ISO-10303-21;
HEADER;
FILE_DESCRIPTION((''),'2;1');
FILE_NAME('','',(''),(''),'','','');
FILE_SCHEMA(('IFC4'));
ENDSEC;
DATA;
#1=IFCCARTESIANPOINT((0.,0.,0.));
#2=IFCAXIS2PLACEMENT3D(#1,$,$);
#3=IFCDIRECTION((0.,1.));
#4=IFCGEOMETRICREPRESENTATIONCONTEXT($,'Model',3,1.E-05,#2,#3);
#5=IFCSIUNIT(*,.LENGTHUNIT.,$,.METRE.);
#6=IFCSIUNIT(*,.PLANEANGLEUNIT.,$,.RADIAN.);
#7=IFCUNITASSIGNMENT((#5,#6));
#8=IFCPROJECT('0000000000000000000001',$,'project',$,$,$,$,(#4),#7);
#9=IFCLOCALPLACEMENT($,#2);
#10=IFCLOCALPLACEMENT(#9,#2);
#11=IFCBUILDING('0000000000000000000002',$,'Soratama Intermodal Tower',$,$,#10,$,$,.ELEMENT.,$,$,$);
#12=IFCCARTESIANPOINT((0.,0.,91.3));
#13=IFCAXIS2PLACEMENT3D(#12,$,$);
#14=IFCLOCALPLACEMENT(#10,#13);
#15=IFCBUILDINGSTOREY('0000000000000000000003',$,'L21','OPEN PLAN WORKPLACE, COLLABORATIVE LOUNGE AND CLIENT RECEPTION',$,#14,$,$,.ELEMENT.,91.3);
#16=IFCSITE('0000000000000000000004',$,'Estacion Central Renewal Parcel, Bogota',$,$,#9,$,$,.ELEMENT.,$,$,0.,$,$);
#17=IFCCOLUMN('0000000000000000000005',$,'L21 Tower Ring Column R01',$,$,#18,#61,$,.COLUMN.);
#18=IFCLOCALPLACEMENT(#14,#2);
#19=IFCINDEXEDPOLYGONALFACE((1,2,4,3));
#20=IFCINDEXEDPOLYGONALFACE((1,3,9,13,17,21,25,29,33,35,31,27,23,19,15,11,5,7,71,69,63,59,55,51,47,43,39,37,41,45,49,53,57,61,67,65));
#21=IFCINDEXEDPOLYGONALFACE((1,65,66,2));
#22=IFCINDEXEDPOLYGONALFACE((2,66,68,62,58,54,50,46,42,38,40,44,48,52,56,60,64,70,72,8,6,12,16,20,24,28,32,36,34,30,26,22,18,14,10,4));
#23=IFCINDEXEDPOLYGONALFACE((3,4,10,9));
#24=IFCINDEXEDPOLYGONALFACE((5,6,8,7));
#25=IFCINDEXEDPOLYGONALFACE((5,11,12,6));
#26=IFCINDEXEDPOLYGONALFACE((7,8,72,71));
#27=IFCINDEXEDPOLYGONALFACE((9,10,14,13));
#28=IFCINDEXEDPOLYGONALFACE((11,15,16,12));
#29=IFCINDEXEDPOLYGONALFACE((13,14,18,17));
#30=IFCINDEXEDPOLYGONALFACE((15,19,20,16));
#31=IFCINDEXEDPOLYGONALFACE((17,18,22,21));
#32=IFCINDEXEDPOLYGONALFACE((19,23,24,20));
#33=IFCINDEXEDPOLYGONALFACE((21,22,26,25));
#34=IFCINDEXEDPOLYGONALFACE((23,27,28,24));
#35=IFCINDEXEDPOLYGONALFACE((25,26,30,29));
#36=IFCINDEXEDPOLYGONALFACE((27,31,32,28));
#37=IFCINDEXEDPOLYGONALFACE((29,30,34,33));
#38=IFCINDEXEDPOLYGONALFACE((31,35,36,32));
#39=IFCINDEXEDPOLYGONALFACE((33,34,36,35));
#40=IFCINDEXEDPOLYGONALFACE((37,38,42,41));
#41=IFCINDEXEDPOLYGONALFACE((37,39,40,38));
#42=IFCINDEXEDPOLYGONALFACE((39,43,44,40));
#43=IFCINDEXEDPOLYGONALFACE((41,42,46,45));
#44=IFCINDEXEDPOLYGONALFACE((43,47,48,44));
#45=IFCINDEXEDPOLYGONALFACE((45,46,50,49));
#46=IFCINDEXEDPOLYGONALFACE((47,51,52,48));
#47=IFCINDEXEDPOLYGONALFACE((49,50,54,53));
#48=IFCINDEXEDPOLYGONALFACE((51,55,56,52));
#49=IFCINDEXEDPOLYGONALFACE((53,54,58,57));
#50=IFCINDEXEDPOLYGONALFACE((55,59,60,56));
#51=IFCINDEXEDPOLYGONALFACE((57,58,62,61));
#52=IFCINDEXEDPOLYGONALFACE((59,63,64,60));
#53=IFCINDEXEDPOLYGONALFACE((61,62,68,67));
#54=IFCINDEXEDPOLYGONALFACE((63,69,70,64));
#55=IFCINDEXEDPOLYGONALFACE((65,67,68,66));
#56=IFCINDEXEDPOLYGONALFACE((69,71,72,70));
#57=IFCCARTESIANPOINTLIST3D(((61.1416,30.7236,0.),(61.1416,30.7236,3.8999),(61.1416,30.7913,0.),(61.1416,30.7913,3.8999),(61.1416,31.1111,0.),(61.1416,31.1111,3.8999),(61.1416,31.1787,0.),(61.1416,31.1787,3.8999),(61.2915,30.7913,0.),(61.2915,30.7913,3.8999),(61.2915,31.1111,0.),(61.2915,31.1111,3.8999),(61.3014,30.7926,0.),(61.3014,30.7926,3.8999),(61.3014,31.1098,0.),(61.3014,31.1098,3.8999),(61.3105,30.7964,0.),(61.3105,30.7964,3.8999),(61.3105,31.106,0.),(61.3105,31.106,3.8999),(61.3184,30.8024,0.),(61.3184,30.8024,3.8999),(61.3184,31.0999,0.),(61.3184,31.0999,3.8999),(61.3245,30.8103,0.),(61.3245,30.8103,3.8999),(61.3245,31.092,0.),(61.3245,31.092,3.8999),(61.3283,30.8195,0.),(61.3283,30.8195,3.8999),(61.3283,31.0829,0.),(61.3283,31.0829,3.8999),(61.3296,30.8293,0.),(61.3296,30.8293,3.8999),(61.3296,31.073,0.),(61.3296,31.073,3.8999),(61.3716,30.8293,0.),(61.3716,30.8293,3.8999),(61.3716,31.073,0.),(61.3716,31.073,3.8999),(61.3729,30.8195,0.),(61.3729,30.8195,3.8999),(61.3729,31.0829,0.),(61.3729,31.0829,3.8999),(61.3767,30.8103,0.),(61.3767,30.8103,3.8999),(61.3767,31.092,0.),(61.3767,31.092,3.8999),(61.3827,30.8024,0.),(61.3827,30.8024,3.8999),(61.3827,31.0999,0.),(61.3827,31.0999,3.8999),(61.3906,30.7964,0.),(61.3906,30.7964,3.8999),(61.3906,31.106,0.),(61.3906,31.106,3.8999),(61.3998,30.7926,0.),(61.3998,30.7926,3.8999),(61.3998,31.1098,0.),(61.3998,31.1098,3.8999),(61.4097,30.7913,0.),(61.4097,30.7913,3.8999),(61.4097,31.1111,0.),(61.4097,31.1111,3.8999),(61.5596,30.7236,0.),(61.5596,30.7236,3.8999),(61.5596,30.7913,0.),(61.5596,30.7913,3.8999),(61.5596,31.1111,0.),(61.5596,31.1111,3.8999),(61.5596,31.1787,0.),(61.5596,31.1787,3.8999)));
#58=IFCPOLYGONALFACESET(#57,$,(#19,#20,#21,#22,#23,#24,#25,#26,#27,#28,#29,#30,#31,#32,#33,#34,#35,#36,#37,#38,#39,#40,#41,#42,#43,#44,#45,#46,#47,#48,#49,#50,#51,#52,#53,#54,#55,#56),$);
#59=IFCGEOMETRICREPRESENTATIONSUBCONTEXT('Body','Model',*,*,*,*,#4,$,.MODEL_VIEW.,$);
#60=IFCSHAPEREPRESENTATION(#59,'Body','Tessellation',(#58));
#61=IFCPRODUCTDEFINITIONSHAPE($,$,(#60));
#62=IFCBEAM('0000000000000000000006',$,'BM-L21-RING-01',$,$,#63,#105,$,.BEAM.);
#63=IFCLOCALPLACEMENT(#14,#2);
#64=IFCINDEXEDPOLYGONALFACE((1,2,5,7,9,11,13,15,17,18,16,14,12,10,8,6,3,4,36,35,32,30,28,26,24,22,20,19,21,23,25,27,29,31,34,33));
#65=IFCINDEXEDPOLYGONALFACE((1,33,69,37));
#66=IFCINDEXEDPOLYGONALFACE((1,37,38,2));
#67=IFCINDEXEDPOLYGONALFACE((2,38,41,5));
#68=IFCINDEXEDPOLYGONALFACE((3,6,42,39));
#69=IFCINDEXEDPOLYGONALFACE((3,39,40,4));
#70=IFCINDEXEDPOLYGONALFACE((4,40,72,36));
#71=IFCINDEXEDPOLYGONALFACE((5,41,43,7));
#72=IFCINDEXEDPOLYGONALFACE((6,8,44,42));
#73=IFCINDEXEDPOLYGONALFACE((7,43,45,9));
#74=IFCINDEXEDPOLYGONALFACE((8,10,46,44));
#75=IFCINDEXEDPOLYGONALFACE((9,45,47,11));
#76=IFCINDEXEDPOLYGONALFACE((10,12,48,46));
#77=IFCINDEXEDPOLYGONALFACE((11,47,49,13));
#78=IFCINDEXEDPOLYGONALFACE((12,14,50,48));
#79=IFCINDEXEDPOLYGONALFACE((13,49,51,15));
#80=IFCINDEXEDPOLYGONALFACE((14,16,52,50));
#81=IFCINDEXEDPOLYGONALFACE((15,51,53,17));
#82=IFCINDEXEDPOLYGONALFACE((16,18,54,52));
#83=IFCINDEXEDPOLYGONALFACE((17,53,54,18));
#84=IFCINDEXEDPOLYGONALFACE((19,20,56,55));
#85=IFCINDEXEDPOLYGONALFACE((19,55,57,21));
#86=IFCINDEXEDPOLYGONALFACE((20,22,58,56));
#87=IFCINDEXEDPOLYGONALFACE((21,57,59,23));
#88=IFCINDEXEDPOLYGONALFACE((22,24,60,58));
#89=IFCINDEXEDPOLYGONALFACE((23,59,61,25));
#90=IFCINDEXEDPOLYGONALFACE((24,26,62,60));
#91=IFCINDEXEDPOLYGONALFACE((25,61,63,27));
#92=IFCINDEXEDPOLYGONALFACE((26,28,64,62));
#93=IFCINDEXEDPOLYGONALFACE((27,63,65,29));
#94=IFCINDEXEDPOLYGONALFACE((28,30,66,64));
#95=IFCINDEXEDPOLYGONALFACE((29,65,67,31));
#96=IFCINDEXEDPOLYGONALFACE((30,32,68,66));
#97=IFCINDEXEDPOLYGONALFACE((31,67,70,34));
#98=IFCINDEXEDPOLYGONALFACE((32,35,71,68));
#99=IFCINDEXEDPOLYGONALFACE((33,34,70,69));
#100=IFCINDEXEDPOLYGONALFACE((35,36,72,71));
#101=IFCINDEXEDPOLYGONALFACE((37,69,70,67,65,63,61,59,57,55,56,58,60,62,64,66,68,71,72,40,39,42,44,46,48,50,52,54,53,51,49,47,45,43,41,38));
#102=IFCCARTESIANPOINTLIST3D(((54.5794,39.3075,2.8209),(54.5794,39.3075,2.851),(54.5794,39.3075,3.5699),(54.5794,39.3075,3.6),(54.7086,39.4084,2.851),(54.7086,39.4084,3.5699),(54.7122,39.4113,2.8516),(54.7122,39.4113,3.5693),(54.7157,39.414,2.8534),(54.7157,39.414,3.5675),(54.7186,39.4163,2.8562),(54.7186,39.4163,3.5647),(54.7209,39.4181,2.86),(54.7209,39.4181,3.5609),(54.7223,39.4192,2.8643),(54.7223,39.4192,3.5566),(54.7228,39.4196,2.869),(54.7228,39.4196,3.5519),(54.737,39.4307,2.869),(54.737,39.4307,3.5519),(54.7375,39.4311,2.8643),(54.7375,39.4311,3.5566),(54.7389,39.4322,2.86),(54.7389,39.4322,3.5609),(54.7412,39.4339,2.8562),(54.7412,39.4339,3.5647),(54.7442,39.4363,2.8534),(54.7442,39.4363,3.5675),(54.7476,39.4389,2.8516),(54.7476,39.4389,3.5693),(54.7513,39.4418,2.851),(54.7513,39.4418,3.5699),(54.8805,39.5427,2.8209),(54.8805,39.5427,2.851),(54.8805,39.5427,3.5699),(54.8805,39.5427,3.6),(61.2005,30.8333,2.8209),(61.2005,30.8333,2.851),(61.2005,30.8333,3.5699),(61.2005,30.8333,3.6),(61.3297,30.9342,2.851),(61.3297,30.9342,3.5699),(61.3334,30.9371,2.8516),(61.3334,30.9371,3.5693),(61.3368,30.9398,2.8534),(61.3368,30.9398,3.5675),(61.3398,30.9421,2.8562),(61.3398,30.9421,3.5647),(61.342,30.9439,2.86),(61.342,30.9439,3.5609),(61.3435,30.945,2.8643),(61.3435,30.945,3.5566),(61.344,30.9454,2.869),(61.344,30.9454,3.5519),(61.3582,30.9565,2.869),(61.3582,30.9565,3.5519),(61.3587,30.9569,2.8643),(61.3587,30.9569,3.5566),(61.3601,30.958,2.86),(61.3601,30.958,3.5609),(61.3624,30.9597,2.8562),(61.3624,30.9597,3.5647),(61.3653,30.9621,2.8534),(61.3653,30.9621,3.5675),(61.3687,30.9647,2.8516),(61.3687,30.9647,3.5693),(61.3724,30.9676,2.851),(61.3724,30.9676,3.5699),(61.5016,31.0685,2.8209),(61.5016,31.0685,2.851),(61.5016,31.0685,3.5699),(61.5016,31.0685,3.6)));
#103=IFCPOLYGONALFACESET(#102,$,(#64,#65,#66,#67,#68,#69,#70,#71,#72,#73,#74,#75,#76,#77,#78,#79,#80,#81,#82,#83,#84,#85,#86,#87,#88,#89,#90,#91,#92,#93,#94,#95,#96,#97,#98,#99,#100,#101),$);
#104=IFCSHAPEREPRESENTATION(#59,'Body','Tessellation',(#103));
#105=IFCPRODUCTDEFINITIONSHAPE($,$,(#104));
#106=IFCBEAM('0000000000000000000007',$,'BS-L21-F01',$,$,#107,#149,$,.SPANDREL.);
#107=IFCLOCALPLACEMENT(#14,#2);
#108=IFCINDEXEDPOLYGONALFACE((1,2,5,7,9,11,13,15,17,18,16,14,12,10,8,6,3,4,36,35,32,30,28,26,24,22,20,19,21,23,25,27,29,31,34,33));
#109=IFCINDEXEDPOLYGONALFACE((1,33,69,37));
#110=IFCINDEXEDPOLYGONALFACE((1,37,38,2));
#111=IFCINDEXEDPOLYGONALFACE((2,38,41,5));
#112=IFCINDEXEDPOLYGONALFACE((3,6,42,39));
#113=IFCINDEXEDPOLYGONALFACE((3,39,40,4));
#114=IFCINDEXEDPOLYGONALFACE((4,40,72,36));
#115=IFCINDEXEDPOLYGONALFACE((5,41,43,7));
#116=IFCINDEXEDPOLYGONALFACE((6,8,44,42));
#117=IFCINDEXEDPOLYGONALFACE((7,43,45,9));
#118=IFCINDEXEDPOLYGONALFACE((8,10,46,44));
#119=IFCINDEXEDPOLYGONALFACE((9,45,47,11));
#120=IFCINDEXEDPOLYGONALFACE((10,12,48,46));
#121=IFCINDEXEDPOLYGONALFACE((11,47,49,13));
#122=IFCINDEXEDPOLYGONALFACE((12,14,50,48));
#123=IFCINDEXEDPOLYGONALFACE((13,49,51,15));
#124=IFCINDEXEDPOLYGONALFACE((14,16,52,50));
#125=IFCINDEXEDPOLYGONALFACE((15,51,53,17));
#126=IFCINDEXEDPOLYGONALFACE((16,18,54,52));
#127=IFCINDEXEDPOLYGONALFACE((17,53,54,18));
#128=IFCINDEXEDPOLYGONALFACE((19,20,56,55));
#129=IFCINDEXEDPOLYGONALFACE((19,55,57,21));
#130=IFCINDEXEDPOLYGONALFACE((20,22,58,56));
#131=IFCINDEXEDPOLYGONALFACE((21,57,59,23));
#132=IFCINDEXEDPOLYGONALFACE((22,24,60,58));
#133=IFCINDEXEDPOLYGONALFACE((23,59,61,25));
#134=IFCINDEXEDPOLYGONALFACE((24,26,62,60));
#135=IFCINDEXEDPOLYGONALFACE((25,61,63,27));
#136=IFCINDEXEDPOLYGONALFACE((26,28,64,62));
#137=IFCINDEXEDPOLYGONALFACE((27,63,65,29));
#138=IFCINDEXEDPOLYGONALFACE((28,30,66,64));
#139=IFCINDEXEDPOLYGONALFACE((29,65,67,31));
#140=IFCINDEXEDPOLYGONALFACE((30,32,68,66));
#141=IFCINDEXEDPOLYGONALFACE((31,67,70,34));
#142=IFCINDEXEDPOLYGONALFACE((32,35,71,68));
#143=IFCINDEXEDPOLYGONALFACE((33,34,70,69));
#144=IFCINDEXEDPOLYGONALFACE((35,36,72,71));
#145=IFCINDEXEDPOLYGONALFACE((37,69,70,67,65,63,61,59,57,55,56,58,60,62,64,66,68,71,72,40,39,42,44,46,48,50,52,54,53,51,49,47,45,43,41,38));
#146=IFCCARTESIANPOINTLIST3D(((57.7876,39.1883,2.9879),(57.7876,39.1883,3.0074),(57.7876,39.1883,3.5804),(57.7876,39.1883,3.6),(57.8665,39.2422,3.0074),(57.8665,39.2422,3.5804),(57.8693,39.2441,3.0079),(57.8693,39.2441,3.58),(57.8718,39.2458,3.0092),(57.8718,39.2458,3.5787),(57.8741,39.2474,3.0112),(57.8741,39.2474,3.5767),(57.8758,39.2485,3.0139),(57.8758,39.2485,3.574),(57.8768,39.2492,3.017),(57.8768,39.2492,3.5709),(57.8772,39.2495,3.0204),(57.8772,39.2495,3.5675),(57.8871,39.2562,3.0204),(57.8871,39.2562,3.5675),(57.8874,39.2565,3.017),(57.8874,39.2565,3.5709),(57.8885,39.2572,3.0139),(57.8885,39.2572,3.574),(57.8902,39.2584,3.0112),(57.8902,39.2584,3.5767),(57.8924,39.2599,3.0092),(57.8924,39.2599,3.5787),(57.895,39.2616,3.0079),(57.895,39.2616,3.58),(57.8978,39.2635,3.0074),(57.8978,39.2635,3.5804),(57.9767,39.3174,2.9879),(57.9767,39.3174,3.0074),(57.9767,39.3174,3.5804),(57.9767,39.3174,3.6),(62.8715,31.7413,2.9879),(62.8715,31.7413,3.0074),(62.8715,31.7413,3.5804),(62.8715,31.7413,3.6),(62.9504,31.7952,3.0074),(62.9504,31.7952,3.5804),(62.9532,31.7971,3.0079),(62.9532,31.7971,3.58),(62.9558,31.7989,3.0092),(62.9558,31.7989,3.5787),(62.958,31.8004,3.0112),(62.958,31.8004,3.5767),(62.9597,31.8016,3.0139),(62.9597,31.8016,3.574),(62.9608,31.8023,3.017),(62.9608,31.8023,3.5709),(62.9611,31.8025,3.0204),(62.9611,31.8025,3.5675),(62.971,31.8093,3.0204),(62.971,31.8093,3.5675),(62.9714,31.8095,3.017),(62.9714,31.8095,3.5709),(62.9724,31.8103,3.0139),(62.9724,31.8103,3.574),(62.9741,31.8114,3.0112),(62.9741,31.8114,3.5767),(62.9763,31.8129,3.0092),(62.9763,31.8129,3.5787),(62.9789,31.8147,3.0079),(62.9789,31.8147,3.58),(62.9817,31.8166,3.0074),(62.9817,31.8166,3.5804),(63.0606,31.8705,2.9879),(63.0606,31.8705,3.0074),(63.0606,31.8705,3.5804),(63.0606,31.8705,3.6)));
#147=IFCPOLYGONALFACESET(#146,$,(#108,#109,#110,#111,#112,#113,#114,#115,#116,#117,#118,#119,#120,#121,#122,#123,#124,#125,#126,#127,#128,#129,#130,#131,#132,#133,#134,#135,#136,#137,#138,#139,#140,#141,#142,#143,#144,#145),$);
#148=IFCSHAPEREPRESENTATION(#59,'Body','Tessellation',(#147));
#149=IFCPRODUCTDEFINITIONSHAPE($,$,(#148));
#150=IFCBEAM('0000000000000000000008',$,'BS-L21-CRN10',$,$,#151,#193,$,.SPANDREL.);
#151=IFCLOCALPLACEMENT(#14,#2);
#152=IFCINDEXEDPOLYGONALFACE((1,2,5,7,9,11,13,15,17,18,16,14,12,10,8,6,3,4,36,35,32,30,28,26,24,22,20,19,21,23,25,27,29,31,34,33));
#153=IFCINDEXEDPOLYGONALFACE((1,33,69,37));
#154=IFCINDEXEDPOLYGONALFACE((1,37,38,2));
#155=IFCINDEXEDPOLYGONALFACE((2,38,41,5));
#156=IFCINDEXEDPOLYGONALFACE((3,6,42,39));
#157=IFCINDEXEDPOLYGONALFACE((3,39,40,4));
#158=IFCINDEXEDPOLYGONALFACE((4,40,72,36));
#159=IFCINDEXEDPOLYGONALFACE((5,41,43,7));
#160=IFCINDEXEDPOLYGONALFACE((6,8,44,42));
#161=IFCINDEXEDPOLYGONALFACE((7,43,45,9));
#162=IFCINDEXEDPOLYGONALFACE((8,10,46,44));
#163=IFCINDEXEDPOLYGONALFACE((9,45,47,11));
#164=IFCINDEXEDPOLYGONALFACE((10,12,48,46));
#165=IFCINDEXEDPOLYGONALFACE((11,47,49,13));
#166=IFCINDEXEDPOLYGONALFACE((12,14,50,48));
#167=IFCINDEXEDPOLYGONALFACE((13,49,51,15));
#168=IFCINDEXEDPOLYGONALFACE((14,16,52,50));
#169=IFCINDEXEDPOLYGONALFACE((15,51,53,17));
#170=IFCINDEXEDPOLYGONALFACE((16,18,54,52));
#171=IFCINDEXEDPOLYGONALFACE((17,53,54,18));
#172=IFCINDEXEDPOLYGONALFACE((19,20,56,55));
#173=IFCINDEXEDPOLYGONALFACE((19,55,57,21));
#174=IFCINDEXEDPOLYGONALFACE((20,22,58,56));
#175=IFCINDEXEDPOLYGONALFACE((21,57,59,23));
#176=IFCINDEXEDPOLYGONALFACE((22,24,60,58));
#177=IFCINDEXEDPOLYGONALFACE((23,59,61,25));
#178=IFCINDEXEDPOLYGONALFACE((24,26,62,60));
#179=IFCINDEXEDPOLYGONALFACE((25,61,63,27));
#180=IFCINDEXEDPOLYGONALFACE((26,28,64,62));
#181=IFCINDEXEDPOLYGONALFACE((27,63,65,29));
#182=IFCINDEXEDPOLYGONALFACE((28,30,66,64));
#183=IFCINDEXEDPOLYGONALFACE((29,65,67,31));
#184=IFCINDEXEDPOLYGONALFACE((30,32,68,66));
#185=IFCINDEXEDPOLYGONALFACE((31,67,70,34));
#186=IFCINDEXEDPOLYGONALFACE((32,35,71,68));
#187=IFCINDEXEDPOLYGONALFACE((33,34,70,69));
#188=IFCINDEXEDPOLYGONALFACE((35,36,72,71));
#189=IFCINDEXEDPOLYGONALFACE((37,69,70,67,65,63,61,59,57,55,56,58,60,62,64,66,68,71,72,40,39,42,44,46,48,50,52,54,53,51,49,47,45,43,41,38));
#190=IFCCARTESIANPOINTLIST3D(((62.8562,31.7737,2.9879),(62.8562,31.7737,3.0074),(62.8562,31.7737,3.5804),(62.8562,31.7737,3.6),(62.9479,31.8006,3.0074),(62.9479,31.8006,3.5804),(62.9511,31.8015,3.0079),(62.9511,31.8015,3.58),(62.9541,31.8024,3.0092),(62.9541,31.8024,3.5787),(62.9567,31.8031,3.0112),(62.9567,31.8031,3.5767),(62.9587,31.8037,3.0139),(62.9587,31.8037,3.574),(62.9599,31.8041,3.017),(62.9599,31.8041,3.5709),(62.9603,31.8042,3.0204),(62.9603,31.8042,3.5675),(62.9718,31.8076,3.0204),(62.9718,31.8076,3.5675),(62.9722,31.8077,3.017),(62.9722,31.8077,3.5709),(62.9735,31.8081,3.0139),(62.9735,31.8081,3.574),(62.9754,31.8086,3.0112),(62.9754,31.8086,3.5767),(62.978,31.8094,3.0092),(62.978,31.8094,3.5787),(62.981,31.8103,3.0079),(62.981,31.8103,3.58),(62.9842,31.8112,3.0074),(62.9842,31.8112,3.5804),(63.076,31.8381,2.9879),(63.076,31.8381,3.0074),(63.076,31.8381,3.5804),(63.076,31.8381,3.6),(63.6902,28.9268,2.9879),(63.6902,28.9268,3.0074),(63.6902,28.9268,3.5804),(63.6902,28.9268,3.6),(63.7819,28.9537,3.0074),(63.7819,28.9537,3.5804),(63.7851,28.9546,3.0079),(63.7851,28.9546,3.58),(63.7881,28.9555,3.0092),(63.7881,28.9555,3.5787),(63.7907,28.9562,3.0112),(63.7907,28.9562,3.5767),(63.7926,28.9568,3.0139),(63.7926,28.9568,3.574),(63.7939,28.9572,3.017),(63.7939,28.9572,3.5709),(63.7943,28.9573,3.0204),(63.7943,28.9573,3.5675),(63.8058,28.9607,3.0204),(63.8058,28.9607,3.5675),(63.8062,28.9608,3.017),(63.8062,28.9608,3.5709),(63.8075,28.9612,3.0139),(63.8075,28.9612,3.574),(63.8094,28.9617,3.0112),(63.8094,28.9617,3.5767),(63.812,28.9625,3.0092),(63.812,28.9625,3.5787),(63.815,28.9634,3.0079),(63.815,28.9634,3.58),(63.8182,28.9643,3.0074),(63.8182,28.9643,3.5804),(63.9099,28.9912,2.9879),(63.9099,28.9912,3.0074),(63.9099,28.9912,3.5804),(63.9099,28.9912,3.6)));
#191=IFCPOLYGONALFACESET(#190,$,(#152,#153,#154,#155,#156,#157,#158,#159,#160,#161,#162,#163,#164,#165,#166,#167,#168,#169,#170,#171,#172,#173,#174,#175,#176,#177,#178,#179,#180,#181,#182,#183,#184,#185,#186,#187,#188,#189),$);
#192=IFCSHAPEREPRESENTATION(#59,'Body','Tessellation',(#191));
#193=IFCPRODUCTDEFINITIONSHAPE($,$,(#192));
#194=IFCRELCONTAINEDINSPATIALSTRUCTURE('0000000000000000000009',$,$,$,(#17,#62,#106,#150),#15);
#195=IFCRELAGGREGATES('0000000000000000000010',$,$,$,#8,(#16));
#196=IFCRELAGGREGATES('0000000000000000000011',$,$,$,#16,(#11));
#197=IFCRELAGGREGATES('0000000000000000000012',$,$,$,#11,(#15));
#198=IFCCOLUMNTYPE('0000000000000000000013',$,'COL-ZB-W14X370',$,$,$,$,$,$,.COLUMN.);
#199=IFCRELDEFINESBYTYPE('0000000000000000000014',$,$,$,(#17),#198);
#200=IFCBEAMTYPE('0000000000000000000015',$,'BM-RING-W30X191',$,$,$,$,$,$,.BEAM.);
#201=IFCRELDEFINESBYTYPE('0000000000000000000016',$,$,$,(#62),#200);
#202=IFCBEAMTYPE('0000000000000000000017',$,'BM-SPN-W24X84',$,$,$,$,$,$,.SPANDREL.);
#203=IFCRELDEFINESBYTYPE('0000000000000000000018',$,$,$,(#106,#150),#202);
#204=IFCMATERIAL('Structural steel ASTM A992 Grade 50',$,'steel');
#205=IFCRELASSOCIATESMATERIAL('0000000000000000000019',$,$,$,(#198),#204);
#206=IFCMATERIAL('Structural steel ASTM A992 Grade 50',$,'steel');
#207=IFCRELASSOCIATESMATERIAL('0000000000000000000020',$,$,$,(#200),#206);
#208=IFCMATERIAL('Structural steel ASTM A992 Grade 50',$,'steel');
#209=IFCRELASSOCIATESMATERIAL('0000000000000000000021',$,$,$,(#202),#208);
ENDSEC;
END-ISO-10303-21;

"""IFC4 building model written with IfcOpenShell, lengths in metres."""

from ifc_helpers import new_model, si_unit, direction, frame, origin, origin_2d, place, context, subcontext, project, spatial, i_section, extrude, material, material_profile, profile_set, type_object, element, save


model = new_model("IFC4")

# Units and contexts
model_context = context("Model", 3, precision=1e-05, world=origin(), true_north=direction((0.0, 1.0)))
body_context = subcontext(model_context, "Body", "Model", "MODEL_VIEW")
ifc_project = project(units=[si_unit("LENGTHUNIT", "METRE"), si_unit("PLANEANGLEUNIT", "RADIAN")], contexts=[model_context])

# Site, building, storey
site_placement = place(None, origin())
site = spatial("IfcSite", under=ifc_project, at=site_placement, Name="Estacion Central Renewal Parcel, Bogota", CompositionType="ELEMENT", RefElevation=0.0)
building_placement = place(site_placement, origin())
building = spatial("IfcBuilding", under=site, at=building_placement, Name="Soratama Intermodal Tower", CompositionType="ELEMENT")
storey_placement = place(building_placement, frame((0.0, 0.0, 91.3)))
storey = spatial("IfcBuildingStorey", under=building, at=storey_placement, Name="L21", Description="OPEN PLAN WORKPLACE, COLLABORATIVE LOUNGE AND CLIENT RECEPTION", CompositionType="ELEMENT", Elevation=91.3)

# Column
ifc_material_1 = material(Name="Structural steel ASTM A992 Grade 50", Category="steel")
ifc_material_profile_1 = material_profile(ifc_material_1, i_section(OverallWidth=0.418, OverallDepth=0.4551, WebThickness=0.042, FlangeThickness=0.0676, FilletRadius=0.0381, at=origin_2d()), Name="W14X370")
ifc_profile_set_1 = profile_set([ifc_material_profile_1], Name="Structural steel ASTM A992 Grade 50")
column_type = type_object("IfcColumnType", Name="COL-ZB-W14X370", PredefinedType="COLUMN", material=ifc_profile_set_1)
column_placement = place(storey_placement, frame((61.3506, 30.9512, 0.0), z_axis=(0.0, 0.0, 1.0), x_axis=(1.0, 0.0, 0.0)))
element("IfcColumn", 1, at=column_placement, inside=storey, type_object=column_type, Name="L21 Tower Ring Column R01", PredefinedType="COLUMN", context=body_context, shape_type="SweptSolid", body=[
    extrude(i_section(OverallWidth=0.418, OverallDepth=0.4551, WebThickness=0.042, FlangeThickness=0.0676, FilletRadius=0.0381, at=origin_2d()), origin(), (0.0, 0.0, 1.0), 3.8999),
])

# Beams
ifc_material_2 = material(Name="Structural steel ASTM A992 Grade 50", Category="steel")
ifc_material_profile_2 = material_profile(ifc_material_2, i_section(OverallWidth=0.3821, OverallDepth=0.7791, WebThickness=0.0181, FlangeThickness=0.03, FilletRadius=0.0181, at=origin_2d()), Name="W30X191")
ifc_profile_set_2 = profile_set([ifc_material_profile_2], Name="Structural steel ASTM A992 Grade 50")
beam_type_1 = type_object("IfcBeamType", Name="BM-RING-W30X191", PredefinedType="BEAM", material=ifc_profile_set_2)
beam_1_placement = place(storey_placement, frame((61.3511, 30.9509, 3.2104), z_axis=(-0.615684, 0.787993, 0.0), x_axis=(-0.787993, -0.615684, 0.0)))
element("IfcBeam", 2, at=beam_1_placement, inside=storey, type_object=beam_type_1, Name="BM-L21-RING-01", PredefinedType="BEAM", context=body_context, shape_type="SweptSolid", body=[
    extrude(i_section(OverallWidth=0.3821, OverallDepth=0.7791, WebThickness=0.0181, FlangeThickness=0.03, FilletRadius=0.0181, at=origin_2d()), origin(), (0.0, 0.0, 1.0), 10.7542),
])
ifc_material_3 = material(Name="Structural steel ASTM A992 Grade 50", Category="steel")
ifc_material_profile_3 = material_profile(ifc_material_3, i_section(OverallWidth=0.229, OverallDepth=0.6121, WebThickness=0.012, FlangeThickness=0.0195, FilletRadius=0.0129, at=origin_2d()), Name="W24X84")
ifc_profile_set_3 = profile_set([ifc_material_profile_3], Name="Structural steel ASTM A992 Grade 50")
beam_type_2 = type_object("IfcBeamType", Name="BM-SPN-W24X84", PredefinedType="SPANDREL", material=ifc_profile_set_3)
beam_2_placement = place(storey_placement, frame((62.9661, 31.8059, 3.2939), z_axis=(-0.563827, 0.825893, 0.0), x_axis=(-0.825893, -0.563827, 0.0)))
element("IfcBeam", 3, at=beam_2_placement, inside=storey, type_object=beam_type_2, Name="BS-L21-F01", PredefinedType="SPANDREL", context=body_context, shape_type="SweptSolid", body=[
    extrude(i_section(OverallWidth=0.229, OverallDepth=0.6121, WebThickness=0.012, FlangeThickness=0.0195, FilletRadius=0.0129, at=origin_2d()), origin(), (0.0, 0.0, 1.0), 9.0168),
])
beam_3_placement = place(storey_placement, frame((63.8, 28.959, 3.2939), z_axis=(-0.281128, 0.95967, 0.0), x_axis=(-0.95967, -0.281128, 0.0)))
element("IfcBeam", 4, at=beam_3_placement, inside=storey, type_object=beam_type_2, Name="BS-L21-CRN10", PredefinedType="SPANDREL", context=body_context, shape_type="SweptSolid", body=[
    extrude(i_section(OverallWidth=0.229, OverallDepth=0.6121, WebThickness=0.012, FlangeThickness=0.0195, FilletRadius=0.0129, at=origin_2d()), origin(), (0.0, 0.0, 1.0), 2.9666),
])

save(model, "model.ifc")
